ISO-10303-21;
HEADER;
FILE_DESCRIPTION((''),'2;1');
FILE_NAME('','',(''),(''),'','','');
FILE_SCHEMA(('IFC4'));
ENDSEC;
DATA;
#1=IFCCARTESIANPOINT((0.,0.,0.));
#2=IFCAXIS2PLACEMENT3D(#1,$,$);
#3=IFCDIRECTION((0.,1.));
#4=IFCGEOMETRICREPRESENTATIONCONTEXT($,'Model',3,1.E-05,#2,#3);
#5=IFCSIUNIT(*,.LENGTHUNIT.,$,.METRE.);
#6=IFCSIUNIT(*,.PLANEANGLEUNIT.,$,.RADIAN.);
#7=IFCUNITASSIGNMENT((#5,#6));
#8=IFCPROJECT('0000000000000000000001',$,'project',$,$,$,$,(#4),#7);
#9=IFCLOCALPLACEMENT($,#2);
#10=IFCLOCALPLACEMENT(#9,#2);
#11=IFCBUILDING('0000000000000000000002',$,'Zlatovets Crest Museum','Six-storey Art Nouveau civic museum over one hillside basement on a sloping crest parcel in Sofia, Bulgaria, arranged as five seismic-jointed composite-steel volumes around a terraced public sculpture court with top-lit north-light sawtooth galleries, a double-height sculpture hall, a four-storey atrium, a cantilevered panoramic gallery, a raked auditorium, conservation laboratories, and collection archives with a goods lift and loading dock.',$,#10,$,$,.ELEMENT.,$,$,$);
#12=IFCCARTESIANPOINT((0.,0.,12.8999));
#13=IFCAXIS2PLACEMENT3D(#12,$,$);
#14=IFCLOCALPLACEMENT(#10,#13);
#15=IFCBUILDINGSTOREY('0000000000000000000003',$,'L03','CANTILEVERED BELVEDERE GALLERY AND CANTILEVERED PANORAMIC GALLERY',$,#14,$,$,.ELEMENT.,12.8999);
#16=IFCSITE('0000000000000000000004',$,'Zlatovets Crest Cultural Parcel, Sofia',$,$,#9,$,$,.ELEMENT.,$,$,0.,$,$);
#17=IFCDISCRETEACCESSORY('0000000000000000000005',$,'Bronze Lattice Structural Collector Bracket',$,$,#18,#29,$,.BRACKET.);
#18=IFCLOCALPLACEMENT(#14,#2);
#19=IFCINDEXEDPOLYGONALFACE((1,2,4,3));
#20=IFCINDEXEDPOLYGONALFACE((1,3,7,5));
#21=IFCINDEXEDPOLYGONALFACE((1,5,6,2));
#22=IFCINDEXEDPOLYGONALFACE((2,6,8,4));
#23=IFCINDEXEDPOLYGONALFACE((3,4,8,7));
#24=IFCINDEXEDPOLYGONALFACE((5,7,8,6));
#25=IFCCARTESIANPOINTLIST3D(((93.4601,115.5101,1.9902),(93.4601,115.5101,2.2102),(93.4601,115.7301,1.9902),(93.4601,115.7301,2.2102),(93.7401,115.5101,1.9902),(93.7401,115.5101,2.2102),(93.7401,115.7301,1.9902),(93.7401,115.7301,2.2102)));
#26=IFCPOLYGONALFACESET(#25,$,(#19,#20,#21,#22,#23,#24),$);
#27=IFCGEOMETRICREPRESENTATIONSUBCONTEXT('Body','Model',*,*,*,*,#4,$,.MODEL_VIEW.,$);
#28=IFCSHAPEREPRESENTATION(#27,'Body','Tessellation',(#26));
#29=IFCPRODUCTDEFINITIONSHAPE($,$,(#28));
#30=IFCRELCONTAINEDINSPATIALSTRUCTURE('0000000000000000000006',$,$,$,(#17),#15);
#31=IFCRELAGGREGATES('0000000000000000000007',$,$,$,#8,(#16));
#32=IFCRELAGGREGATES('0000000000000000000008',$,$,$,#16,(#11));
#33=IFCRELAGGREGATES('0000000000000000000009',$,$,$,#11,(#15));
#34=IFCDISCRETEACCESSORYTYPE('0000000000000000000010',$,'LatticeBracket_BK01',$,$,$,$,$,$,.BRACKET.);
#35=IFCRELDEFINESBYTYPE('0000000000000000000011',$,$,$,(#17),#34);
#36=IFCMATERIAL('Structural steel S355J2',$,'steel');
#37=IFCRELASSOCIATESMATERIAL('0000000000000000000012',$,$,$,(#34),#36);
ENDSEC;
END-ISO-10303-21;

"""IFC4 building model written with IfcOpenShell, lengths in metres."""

from ifc_helpers import new_model, si_unit, direction, frame, origin, origin_2d, place, context, subcontext, project, spatial, rectangle, extrude, material, type_object, element, save


model = new_model("IFC4")

# Units and contexts
model_context = context("Model", 3, precision=1e-05, world=origin(), true_north=direction((0.0, 1.0)))
body_context = subcontext(model_context, "Body", "Model", "MODEL_VIEW")
ifc_project = project(units=[si_unit("LENGTHUNIT", "METRE"), si_unit("PLANEANGLEUNIT", "RADIAN")], contexts=[model_context])

# Site, building, storey
site_placement = place(None, origin())
site = spatial("IfcSite", under=ifc_project, at=site_placement, Name="Zlatovets Crest Cultural Parcel, Sofia", CompositionType="ELEMENT", RefElevation=0.0)
building_placement = place(site_placement, origin())
building = spatial("IfcBuilding", under=site, at=building_placement, Name="Zlatovets Crest Museum", Description="Six-storey Art Nouveau civic museum over one hillside basement on a sloping crest parcel in Sofia, Bulgaria, arranged as five seismic-jointed composite-steel volumes around a terraced public sculpture court with top-lit north-light sawtooth galleries, a double-height sculpture hall, a four-storey atrium, a cantilevered panoramic gallery, a raked auditorium, conservation laboratories, and collection archives with a goods lift and loading dock.", CompositionType="ELEMENT")
storey_placement = place(building_placement, frame((0.0, 0.0, 12.8999)))
storey = spatial("IfcBuildingStorey", under=building, at=storey_placement, Name="L03", Description="CANTILEVERED BELVEDERE GALLERY AND CANTILEVERED PANORAMIC GALLERY", CompositionType="ELEMENT", Elevation=12.8999)

# Shared definitions
ifc_material_1 = material(Name="Structural steel S355J2", Category="steel")

# Discrete accessory
discrete_accessory_type = type_object("IfcDiscreteAccessoryType", Name="LatticeBracket_BK01", PredefinedType="BRACKET", material=ifc_material_1)
discrete_accessory_placement = place(storey_placement, frame((93.6001, 115.6201, 1.9902), z_axis=(0.0, 0.0, 1.0), x_axis=(1.0, 0.0, 0.0)))
element("IfcDiscreteAccessory", 1, at=discrete_accessory_placement, inside=storey, type_object=discrete_accessory_type, Name="Bronze Lattice Structural Collector Bracket", PredefinedType="BRACKET", context=body_context, shape_type="SweptSolid", body=[
    extrude(rectangle(XDim=0.28, YDim=0.22, at=origin_2d()), origin(), (0.0, 0.0, 1.0), 0.22),
])

save(model, "model.ifc")
